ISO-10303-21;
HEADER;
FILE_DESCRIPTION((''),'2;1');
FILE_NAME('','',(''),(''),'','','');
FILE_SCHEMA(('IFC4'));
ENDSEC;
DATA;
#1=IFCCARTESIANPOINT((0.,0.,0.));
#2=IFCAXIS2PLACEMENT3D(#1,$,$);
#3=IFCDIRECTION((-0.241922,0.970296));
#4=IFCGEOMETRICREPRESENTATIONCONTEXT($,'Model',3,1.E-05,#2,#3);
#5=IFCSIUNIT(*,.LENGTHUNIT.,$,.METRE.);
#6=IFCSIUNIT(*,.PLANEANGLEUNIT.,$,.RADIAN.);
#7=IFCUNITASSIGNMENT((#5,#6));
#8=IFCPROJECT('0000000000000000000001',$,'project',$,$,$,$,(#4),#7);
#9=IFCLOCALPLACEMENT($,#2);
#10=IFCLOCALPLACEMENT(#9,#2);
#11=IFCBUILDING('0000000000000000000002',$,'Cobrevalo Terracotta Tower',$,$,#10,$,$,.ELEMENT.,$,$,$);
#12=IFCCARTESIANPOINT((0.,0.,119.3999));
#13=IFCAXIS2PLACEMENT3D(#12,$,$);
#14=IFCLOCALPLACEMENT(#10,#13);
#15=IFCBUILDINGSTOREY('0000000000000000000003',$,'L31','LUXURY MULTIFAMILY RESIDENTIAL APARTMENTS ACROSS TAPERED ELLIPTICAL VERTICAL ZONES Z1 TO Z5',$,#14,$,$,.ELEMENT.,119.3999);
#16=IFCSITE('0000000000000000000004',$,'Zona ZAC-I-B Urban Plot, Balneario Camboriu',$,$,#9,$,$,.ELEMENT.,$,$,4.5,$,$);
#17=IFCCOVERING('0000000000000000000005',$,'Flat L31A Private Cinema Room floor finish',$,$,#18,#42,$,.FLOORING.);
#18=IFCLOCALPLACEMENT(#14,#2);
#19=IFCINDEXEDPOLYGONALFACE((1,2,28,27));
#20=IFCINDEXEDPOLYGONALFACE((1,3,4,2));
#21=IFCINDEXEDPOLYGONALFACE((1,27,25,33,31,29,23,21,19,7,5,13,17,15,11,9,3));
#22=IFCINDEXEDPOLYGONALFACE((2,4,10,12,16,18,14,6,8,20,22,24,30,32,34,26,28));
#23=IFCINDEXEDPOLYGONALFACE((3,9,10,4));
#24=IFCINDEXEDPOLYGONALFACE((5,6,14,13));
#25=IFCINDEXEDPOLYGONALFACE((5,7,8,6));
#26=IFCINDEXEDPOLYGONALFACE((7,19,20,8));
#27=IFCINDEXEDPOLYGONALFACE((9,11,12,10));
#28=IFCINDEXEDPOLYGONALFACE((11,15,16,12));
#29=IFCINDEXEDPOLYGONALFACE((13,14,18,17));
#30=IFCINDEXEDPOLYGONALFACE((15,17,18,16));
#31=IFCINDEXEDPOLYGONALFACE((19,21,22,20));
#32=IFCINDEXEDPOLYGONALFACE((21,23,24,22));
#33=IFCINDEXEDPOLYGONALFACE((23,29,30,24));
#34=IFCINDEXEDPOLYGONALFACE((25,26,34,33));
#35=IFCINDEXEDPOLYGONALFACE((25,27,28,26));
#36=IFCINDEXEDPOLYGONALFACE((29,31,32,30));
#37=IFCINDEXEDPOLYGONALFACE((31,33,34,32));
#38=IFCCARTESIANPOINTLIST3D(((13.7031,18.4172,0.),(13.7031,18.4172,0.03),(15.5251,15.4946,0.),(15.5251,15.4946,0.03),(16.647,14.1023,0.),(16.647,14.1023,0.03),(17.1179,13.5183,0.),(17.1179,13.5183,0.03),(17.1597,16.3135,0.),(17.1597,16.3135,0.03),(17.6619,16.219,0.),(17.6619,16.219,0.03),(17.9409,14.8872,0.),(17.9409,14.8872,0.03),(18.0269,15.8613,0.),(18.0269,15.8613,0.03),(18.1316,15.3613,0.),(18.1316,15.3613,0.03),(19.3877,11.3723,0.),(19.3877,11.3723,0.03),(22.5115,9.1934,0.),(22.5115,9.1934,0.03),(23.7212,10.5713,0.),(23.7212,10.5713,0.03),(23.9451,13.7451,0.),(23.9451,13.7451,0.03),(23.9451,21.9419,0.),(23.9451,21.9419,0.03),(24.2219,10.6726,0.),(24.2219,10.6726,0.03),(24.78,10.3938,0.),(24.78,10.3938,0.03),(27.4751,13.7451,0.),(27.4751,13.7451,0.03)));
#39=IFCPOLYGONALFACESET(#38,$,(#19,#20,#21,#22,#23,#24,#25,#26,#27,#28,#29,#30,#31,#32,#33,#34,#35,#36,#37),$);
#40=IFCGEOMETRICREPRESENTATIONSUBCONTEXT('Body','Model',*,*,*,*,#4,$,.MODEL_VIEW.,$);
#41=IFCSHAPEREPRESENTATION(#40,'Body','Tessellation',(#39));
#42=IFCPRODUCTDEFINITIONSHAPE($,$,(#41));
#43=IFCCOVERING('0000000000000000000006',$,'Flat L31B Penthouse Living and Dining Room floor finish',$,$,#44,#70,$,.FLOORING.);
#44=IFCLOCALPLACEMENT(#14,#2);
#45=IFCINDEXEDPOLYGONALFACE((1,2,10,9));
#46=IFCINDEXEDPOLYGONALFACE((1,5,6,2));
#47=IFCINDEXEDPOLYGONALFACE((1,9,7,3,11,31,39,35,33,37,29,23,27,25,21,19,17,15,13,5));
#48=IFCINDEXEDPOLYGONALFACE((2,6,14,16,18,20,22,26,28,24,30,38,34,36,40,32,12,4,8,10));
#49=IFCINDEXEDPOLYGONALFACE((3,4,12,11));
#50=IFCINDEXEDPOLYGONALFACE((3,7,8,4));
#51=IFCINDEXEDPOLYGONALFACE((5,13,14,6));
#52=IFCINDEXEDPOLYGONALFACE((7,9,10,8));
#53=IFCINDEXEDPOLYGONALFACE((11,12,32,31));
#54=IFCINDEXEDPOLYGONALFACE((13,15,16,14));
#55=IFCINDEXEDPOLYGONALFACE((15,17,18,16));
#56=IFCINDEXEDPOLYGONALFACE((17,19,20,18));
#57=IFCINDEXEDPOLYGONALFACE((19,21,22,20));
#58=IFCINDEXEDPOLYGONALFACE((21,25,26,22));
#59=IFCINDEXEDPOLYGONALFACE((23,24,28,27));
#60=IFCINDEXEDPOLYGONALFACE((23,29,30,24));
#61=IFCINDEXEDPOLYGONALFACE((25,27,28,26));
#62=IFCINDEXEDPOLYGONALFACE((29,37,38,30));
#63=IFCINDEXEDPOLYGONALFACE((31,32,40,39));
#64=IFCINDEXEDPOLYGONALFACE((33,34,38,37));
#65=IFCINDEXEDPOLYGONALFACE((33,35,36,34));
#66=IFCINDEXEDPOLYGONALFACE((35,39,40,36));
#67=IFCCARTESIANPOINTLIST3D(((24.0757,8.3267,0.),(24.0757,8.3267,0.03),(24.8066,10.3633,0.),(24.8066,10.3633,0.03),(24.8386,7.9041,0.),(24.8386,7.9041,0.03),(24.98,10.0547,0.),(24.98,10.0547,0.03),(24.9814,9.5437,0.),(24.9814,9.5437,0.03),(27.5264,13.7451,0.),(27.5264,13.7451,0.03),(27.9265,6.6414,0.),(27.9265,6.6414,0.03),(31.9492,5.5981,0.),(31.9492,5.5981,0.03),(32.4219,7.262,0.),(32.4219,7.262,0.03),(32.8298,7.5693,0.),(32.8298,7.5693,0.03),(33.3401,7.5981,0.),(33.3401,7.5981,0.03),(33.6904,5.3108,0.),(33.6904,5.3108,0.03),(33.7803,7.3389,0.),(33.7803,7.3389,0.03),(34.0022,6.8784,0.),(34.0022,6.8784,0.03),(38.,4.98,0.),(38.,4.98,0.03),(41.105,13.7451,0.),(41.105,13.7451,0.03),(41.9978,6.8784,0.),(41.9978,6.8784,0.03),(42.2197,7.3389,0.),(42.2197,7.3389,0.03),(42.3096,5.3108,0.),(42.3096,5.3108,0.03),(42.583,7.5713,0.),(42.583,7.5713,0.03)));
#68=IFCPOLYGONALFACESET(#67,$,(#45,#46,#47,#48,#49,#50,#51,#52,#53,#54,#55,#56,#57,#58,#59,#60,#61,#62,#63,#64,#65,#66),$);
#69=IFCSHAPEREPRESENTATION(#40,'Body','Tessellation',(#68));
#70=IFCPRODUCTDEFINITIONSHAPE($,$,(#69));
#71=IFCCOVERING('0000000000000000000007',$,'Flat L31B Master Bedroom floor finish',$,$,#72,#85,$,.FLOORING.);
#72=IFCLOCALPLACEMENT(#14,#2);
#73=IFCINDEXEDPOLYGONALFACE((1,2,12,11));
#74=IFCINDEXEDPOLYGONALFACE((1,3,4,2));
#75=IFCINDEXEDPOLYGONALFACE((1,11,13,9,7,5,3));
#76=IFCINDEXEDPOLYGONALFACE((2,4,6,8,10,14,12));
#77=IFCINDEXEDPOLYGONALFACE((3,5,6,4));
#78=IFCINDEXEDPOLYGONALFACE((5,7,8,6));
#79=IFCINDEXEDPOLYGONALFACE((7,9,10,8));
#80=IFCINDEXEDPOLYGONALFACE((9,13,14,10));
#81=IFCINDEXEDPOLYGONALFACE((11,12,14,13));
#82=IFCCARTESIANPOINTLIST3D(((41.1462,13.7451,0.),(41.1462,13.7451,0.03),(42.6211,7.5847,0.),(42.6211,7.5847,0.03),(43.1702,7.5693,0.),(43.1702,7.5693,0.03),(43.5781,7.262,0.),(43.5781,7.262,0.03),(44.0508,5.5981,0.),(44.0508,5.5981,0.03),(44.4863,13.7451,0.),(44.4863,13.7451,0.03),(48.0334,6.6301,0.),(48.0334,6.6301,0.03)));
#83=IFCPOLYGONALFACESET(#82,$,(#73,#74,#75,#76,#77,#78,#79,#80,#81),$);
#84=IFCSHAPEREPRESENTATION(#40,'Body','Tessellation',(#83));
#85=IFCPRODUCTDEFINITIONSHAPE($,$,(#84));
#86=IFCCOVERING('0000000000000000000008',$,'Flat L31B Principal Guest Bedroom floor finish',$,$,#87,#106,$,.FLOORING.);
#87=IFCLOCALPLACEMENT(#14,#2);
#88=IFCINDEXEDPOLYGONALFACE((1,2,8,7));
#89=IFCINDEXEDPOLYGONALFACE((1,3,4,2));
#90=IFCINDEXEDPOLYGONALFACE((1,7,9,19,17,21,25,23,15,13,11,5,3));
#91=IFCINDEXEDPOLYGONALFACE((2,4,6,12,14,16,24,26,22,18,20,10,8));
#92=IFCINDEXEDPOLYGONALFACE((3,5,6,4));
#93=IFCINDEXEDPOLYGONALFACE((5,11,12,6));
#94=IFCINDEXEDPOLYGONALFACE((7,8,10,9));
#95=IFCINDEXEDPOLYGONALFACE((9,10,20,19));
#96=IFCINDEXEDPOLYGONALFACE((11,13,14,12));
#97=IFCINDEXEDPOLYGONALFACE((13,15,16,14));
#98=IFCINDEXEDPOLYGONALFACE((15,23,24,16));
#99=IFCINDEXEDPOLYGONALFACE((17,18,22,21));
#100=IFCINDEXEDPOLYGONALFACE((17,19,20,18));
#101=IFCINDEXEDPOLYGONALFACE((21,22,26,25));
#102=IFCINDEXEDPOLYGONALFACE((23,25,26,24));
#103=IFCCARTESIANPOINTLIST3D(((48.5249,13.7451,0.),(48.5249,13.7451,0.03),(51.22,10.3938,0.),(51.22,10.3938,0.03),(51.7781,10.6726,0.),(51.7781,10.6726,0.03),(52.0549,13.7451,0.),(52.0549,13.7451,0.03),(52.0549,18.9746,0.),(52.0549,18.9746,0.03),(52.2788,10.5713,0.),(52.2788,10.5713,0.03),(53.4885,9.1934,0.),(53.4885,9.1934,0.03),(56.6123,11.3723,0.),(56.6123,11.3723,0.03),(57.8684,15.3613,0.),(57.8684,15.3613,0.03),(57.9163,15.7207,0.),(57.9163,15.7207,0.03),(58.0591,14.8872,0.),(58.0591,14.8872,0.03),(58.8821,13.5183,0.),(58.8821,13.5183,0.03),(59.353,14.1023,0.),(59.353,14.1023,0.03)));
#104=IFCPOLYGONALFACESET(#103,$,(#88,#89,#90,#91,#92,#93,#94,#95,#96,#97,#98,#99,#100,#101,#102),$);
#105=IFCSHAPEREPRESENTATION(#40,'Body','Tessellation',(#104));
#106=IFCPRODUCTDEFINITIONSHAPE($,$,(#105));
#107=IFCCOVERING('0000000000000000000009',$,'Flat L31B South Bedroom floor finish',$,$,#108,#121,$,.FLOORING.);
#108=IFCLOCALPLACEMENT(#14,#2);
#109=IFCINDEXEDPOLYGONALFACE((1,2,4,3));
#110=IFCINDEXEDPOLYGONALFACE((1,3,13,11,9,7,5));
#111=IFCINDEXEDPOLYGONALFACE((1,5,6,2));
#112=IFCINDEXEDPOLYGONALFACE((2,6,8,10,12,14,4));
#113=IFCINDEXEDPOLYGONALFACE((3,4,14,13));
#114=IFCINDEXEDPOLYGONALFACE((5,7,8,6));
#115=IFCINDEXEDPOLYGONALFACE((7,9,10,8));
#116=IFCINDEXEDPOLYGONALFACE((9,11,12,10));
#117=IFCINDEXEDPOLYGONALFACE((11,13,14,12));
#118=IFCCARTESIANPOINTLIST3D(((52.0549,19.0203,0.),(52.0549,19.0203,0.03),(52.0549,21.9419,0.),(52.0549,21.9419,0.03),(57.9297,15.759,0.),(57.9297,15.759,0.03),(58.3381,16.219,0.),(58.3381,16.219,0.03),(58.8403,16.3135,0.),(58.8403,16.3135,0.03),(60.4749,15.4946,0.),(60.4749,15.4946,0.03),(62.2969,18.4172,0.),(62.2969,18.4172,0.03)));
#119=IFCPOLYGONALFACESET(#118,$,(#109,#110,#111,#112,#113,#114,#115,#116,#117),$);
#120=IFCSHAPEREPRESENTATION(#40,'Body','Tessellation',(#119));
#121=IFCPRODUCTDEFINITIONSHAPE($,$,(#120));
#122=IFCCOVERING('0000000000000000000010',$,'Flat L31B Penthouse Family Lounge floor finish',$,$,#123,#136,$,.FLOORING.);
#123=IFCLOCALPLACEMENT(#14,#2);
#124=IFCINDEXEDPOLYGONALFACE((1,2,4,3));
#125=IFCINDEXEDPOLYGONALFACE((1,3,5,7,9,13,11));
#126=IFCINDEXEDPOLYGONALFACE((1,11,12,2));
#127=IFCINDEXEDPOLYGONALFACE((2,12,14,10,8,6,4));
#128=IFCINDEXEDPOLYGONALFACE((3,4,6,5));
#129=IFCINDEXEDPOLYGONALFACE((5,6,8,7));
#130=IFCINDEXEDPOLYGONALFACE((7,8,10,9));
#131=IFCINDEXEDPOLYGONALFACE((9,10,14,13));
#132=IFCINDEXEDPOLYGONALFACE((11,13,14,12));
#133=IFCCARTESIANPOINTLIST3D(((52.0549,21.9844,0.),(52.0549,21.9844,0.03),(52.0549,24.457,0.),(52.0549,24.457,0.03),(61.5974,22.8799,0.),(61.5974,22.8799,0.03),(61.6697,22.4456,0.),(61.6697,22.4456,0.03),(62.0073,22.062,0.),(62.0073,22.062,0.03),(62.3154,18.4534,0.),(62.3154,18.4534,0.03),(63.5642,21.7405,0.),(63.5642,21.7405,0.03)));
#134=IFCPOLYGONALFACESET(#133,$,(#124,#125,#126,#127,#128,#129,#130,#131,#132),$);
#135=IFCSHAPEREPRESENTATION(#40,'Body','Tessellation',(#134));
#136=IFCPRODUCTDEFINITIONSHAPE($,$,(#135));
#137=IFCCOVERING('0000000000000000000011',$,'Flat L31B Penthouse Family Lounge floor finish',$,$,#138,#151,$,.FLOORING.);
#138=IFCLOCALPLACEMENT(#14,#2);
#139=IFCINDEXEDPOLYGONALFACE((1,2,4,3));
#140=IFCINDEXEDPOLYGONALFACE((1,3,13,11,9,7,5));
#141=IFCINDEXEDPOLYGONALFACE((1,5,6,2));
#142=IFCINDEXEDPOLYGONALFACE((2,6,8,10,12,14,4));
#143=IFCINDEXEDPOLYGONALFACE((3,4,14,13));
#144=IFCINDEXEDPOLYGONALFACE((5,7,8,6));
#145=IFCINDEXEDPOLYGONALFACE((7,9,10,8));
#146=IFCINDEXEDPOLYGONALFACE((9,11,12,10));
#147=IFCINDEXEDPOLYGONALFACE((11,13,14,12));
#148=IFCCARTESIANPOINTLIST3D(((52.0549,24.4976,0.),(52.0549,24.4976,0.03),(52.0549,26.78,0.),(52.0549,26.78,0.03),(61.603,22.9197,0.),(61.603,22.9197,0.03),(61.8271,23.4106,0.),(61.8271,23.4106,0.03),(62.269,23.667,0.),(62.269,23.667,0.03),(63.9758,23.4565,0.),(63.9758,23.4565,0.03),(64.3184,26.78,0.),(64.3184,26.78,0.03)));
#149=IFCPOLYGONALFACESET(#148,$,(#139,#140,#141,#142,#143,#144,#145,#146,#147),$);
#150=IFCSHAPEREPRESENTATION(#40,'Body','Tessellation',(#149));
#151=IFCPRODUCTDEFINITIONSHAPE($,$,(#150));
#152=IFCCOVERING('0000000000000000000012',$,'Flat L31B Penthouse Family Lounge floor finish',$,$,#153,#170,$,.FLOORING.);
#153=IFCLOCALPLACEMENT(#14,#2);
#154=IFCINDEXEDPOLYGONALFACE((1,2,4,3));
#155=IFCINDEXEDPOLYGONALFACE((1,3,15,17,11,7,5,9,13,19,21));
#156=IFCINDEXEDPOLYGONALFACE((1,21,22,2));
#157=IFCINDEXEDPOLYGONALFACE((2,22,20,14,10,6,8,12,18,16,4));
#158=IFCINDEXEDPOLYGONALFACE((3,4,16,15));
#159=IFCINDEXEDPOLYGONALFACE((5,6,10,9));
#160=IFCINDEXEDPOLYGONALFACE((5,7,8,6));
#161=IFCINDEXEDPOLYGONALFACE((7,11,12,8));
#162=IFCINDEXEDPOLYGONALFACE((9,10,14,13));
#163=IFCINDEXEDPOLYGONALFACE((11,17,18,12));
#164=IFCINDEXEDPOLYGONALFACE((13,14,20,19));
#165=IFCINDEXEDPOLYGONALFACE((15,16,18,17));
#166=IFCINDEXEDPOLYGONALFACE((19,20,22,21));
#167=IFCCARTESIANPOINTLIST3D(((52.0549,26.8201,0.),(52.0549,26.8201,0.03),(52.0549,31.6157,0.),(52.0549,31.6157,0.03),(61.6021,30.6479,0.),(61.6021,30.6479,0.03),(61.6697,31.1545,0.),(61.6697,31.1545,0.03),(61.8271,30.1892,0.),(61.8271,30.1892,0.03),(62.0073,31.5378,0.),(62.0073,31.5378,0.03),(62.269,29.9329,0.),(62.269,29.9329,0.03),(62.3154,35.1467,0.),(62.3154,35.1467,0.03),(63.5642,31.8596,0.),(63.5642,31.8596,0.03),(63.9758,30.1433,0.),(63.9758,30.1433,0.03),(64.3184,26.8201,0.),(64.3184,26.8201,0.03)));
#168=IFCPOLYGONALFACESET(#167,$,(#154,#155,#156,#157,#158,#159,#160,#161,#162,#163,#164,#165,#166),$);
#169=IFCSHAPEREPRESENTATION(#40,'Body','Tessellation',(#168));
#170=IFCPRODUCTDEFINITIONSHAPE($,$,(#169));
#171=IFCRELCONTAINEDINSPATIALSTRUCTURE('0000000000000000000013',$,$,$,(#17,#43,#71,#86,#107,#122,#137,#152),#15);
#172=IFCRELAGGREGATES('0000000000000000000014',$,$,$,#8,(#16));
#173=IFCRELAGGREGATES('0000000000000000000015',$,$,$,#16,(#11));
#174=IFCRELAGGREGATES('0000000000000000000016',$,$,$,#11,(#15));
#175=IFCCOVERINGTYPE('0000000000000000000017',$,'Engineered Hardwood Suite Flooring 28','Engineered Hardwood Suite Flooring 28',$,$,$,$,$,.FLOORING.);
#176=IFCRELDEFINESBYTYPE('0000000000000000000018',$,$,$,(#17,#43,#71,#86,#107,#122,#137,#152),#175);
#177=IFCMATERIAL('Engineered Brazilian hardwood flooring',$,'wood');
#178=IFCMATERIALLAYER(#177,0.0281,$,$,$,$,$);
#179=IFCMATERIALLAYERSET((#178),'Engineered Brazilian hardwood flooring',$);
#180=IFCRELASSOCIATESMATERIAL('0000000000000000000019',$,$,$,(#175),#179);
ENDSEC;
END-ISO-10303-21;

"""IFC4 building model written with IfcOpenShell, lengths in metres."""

from ifc_helpers import new_model, si_unit, direction, frame, origin, place, context, subcontext, project, spatial, polyline, outline, extrude, material, layer, layer_set, type_object, element, save


model = new_model("IFC4")

# Units and contexts
model_context = context("Model", 3, precision=1e-05, world=origin(), true_north=direction((-0.241922, 0.970296)))
body_context = subcontext(model_context, "Body", "Model", "MODEL_VIEW")
ifc_project = project(units=[si_unit("LENGTHUNIT", "METRE"), si_unit("PLANEANGLEUNIT", "RADIAN")], contexts=[model_context])

# Site, building, storey
site_placement = place(None, origin())
site = spatial("IfcSite", under=ifc_project, at=site_placement, Name="Zona ZAC-I-B Urban Plot, Balneario Camboriu", CompositionType="ELEMENT", RefElevation=4.5)
building_placement = place(site_placement, origin())
building = spatial("IfcBuilding", under=site, at=building_placement, Name="Cobrevalo Terracotta Tower", CompositionType="ELEMENT")
storey_placement = place(building_placement, frame((0.0, 0.0, 119.3999)))
storey = spatial("IfcBuildingStorey", under=building, at=storey_placement, Name="L31", Description="LUXURY MULTIFAMILY RESIDENTIAL APARTMENTS ACROSS TAPERED ELLIPTICAL VERTICAL ZONES Z1 TO Z5", CompositionType="ELEMENT", Elevation=119.3999)

# Coverings
ifc_material_1 = material(Name="Engineered Brazilian hardwood flooring", Category="wood")
ifc_layer_1 = layer(ifc_material_1, 0.0281)
ifc_layer_set_1 = layer_set([ifc_layer_1], Name="Engineered Brazilian hardwood flooring")
covering_type_1 = type_object("IfcCoveringType", Name="Engineered Hardwood Suite Flooring 28", Description="Engineered Hardwood Suite Flooring 28", PredefinedType="FLOORING", material=ifc_layer_set_1)
covering_1_placement = place(storey_placement, origin())
element("IfcCovering", 1, at=covering_1_placement, inside=storey, type_object=covering_type_1, Name="Flat L31A Private Cinema Room floor finish", PredefinedType="FLOORING", context=body_context, shape_type="SweptSolid", body=[
    extrude(outline(polyline([(16.647, 14.1023), (17.9409, 14.8872), (18.1316, 15.3613), (18.0269, 15.8613), (17.6619, 16.219), (17.1597, 16.3135), (15.5251, 15.4946), (13.7031, 18.4172), (23.9451, 21.9419), (23.9451, 13.7451), (27.4751, 13.7451), (24.78, 10.3938), (24.2219, 10.6726), (23.7212, 10.5713), (22.5115, 9.1934), (19.3877, 11.3723), (17.1179, 13.5183), (16.647, 14.1023)])), origin(), (0.0, 0.0, 1.0), 0.03),
])
covering_2_placement = place(storey_placement, origin())
element("IfcCovering", 2, at=covering_2_placement, inside=storey, type_object=covering_type_1, Name="Flat L31B Penthouse Living and Dining Room floor finish", PredefinedType="FLOORING", context=body_context, shape_type="SweptSolid", body=[
    extrude(outline(polyline([(38.0, 4.98), (33.6904, 5.3108), (34.0022, 6.8784), (33.7803, 7.3389), (33.3401, 7.5981), (32.8298, 7.5693), (32.4219, 7.262), (31.9492, 5.5981), (27.9265, 6.6414), (24.8386, 7.9041), (24.0757, 8.3267), (24.9814, 9.5437), (24.98, 10.0547), (24.8066, 10.3633), (27.5264, 13.7451), (41.105, 13.7451), (42.583, 7.5713), (42.2197, 7.3389), (41.9978, 6.8784), (42.3096, 5.3108), (38.0, 4.98)])), origin(), (0.0, 0.0, 1.0), 0.03),
])
covering_3_placement = place(storey_placement, origin())
element("IfcCovering", 3, at=covering_3_placement, inside=storey, type_object=covering_type_1, Name="Flat L31B Master Bedroom floor finish", PredefinedType="FLOORING", context=body_context, shape_type="SweptSolid", body=[
    extrude(outline(polyline([(44.0508, 5.5981), (43.5781, 7.262), (43.1702, 7.5693), (42.6211, 7.5847), (41.1462, 13.7451), (44.4863, 13.7451), (48.0334, 6.6301), (44.0508, 5.5981)])), origin(), (0.0, 0.0, 1.0), 0.03),
])
covering_4_placement = place(storey_placement, origin())
element("IfcCovering", 4, at=covering_4_placement, inside=storey, type_object=covering_type_1, Name="Flat L31B Principal Guest Bedroom floor finish", PredefinedType="FLOORING", context=body_context, shape_type="SweptSolid", body=[
    extrude(outline(polyline([(56.6123, 11.3723), (53.4885, 9.1934), (52.2788, 10.5713), (51.7781, 10.6726), (51.22, 10.3938), (48.5249, 13.7451), (52.0549, 13.7451), (52.0549, 18.9746), (57.9163, 15.7207), (57.8684, 15.3613), (58.0591, 14.8872), (59.353, 14.1023), (58.8821, 13.5183), (56.6123, 11.3723)])), origin(), (0.0, 0.0, 1.0), 0.03),
])
covering_5_placement = place(storey_placement, origin())
element("IfcCovering", 5, at=covering_5_placement, inside=storey, type_object=covering_type_1, Name="Flat L31B South Bedroom floor finish", PredefinedType="FLOORING", context=body_context, shape_type="SweptSolid", body=[
    extrude(outline(polyline([(60.4749, 15.4946), (58.8403, 16.3135), (58.3381, 16.219), (57.9297, 15.759), (52.0549, 19.0203), (52.0549, 21.9419), (62.2969, 18.4172), (60.4749, 15.4946)])), origin(), (0.0, 0.0, 1.0), 0.03),
])
covering_6_placement = place(storey_placement, origin())
element("IfcCovering", 6, at=covering_6_placement, inside=storey, type_object=covering_type_1, Name="Flat L31B Penthouse Family Lounge floor finish", PredefinedType="FLOORING", context=body_context, shape_type="SweptSolid", body=[
    extrude(outline(polyline([(52.0549, 21.9844), (52.0549, 24.457), (61.5974, 22.8799), (61.6697, 22.4456), (62.0073, 22.062), (63.5642, 21.7405), (62.3154, 18.4534), (52.0549, 21.9844)])), origin(), (0.0, 0.0, 1.0), 0.03),
])
covering_7_placement = place(storey_placement, origin())
element("IfcCovering", 7, at=covering_7_placement, inside=storey, type_object=covering_type_1, Name="Flat L31B Penthouse Family Lounge floor finish", PredefinedType="FLOORING", context=body_context, shape_type="SweptSolid", body=[
    extrude(outline(polyline([(64.3184, 26.78), (63.9758, 23.4565), (62.269, 23.667), (61.8271, 23.4106), (61.603, 22.9197), (52.0549, 24.4976), (52.0549, 26.78), (64.3184, 26.78)])), origin(), (0.0, 0.0, 1.0), 0.03),
])
covering_8_placement = place(storey_placement, origin())
element("IfcCovering", 8, at=covering_8_placement, inside=storey, type_object=covering_type_1, Name="Flat L31B Penthouse Family Lounge floor finish", PredefinedType="FLOORING", context=body_context, shape_type="SweptSolid", body=[
    extrude(outline(polyline([(62.3154, 35.1467), (63.5642, 31.8596), (62.0073, 31.5378), (61.6697, 31.1545), (61.6021, 30.6479), (61.8271, 30.1892), (62.269, 29.9329), (63.9758, 30.1433), (64.3184, 26.8201), (52.0549, 26.8201), (52.0549, 31.6157), (62.3154, 35.1467)])), origin(), (0.0, 0.0, 1.0), 0.03),
])

save(model, "model.ifc")
